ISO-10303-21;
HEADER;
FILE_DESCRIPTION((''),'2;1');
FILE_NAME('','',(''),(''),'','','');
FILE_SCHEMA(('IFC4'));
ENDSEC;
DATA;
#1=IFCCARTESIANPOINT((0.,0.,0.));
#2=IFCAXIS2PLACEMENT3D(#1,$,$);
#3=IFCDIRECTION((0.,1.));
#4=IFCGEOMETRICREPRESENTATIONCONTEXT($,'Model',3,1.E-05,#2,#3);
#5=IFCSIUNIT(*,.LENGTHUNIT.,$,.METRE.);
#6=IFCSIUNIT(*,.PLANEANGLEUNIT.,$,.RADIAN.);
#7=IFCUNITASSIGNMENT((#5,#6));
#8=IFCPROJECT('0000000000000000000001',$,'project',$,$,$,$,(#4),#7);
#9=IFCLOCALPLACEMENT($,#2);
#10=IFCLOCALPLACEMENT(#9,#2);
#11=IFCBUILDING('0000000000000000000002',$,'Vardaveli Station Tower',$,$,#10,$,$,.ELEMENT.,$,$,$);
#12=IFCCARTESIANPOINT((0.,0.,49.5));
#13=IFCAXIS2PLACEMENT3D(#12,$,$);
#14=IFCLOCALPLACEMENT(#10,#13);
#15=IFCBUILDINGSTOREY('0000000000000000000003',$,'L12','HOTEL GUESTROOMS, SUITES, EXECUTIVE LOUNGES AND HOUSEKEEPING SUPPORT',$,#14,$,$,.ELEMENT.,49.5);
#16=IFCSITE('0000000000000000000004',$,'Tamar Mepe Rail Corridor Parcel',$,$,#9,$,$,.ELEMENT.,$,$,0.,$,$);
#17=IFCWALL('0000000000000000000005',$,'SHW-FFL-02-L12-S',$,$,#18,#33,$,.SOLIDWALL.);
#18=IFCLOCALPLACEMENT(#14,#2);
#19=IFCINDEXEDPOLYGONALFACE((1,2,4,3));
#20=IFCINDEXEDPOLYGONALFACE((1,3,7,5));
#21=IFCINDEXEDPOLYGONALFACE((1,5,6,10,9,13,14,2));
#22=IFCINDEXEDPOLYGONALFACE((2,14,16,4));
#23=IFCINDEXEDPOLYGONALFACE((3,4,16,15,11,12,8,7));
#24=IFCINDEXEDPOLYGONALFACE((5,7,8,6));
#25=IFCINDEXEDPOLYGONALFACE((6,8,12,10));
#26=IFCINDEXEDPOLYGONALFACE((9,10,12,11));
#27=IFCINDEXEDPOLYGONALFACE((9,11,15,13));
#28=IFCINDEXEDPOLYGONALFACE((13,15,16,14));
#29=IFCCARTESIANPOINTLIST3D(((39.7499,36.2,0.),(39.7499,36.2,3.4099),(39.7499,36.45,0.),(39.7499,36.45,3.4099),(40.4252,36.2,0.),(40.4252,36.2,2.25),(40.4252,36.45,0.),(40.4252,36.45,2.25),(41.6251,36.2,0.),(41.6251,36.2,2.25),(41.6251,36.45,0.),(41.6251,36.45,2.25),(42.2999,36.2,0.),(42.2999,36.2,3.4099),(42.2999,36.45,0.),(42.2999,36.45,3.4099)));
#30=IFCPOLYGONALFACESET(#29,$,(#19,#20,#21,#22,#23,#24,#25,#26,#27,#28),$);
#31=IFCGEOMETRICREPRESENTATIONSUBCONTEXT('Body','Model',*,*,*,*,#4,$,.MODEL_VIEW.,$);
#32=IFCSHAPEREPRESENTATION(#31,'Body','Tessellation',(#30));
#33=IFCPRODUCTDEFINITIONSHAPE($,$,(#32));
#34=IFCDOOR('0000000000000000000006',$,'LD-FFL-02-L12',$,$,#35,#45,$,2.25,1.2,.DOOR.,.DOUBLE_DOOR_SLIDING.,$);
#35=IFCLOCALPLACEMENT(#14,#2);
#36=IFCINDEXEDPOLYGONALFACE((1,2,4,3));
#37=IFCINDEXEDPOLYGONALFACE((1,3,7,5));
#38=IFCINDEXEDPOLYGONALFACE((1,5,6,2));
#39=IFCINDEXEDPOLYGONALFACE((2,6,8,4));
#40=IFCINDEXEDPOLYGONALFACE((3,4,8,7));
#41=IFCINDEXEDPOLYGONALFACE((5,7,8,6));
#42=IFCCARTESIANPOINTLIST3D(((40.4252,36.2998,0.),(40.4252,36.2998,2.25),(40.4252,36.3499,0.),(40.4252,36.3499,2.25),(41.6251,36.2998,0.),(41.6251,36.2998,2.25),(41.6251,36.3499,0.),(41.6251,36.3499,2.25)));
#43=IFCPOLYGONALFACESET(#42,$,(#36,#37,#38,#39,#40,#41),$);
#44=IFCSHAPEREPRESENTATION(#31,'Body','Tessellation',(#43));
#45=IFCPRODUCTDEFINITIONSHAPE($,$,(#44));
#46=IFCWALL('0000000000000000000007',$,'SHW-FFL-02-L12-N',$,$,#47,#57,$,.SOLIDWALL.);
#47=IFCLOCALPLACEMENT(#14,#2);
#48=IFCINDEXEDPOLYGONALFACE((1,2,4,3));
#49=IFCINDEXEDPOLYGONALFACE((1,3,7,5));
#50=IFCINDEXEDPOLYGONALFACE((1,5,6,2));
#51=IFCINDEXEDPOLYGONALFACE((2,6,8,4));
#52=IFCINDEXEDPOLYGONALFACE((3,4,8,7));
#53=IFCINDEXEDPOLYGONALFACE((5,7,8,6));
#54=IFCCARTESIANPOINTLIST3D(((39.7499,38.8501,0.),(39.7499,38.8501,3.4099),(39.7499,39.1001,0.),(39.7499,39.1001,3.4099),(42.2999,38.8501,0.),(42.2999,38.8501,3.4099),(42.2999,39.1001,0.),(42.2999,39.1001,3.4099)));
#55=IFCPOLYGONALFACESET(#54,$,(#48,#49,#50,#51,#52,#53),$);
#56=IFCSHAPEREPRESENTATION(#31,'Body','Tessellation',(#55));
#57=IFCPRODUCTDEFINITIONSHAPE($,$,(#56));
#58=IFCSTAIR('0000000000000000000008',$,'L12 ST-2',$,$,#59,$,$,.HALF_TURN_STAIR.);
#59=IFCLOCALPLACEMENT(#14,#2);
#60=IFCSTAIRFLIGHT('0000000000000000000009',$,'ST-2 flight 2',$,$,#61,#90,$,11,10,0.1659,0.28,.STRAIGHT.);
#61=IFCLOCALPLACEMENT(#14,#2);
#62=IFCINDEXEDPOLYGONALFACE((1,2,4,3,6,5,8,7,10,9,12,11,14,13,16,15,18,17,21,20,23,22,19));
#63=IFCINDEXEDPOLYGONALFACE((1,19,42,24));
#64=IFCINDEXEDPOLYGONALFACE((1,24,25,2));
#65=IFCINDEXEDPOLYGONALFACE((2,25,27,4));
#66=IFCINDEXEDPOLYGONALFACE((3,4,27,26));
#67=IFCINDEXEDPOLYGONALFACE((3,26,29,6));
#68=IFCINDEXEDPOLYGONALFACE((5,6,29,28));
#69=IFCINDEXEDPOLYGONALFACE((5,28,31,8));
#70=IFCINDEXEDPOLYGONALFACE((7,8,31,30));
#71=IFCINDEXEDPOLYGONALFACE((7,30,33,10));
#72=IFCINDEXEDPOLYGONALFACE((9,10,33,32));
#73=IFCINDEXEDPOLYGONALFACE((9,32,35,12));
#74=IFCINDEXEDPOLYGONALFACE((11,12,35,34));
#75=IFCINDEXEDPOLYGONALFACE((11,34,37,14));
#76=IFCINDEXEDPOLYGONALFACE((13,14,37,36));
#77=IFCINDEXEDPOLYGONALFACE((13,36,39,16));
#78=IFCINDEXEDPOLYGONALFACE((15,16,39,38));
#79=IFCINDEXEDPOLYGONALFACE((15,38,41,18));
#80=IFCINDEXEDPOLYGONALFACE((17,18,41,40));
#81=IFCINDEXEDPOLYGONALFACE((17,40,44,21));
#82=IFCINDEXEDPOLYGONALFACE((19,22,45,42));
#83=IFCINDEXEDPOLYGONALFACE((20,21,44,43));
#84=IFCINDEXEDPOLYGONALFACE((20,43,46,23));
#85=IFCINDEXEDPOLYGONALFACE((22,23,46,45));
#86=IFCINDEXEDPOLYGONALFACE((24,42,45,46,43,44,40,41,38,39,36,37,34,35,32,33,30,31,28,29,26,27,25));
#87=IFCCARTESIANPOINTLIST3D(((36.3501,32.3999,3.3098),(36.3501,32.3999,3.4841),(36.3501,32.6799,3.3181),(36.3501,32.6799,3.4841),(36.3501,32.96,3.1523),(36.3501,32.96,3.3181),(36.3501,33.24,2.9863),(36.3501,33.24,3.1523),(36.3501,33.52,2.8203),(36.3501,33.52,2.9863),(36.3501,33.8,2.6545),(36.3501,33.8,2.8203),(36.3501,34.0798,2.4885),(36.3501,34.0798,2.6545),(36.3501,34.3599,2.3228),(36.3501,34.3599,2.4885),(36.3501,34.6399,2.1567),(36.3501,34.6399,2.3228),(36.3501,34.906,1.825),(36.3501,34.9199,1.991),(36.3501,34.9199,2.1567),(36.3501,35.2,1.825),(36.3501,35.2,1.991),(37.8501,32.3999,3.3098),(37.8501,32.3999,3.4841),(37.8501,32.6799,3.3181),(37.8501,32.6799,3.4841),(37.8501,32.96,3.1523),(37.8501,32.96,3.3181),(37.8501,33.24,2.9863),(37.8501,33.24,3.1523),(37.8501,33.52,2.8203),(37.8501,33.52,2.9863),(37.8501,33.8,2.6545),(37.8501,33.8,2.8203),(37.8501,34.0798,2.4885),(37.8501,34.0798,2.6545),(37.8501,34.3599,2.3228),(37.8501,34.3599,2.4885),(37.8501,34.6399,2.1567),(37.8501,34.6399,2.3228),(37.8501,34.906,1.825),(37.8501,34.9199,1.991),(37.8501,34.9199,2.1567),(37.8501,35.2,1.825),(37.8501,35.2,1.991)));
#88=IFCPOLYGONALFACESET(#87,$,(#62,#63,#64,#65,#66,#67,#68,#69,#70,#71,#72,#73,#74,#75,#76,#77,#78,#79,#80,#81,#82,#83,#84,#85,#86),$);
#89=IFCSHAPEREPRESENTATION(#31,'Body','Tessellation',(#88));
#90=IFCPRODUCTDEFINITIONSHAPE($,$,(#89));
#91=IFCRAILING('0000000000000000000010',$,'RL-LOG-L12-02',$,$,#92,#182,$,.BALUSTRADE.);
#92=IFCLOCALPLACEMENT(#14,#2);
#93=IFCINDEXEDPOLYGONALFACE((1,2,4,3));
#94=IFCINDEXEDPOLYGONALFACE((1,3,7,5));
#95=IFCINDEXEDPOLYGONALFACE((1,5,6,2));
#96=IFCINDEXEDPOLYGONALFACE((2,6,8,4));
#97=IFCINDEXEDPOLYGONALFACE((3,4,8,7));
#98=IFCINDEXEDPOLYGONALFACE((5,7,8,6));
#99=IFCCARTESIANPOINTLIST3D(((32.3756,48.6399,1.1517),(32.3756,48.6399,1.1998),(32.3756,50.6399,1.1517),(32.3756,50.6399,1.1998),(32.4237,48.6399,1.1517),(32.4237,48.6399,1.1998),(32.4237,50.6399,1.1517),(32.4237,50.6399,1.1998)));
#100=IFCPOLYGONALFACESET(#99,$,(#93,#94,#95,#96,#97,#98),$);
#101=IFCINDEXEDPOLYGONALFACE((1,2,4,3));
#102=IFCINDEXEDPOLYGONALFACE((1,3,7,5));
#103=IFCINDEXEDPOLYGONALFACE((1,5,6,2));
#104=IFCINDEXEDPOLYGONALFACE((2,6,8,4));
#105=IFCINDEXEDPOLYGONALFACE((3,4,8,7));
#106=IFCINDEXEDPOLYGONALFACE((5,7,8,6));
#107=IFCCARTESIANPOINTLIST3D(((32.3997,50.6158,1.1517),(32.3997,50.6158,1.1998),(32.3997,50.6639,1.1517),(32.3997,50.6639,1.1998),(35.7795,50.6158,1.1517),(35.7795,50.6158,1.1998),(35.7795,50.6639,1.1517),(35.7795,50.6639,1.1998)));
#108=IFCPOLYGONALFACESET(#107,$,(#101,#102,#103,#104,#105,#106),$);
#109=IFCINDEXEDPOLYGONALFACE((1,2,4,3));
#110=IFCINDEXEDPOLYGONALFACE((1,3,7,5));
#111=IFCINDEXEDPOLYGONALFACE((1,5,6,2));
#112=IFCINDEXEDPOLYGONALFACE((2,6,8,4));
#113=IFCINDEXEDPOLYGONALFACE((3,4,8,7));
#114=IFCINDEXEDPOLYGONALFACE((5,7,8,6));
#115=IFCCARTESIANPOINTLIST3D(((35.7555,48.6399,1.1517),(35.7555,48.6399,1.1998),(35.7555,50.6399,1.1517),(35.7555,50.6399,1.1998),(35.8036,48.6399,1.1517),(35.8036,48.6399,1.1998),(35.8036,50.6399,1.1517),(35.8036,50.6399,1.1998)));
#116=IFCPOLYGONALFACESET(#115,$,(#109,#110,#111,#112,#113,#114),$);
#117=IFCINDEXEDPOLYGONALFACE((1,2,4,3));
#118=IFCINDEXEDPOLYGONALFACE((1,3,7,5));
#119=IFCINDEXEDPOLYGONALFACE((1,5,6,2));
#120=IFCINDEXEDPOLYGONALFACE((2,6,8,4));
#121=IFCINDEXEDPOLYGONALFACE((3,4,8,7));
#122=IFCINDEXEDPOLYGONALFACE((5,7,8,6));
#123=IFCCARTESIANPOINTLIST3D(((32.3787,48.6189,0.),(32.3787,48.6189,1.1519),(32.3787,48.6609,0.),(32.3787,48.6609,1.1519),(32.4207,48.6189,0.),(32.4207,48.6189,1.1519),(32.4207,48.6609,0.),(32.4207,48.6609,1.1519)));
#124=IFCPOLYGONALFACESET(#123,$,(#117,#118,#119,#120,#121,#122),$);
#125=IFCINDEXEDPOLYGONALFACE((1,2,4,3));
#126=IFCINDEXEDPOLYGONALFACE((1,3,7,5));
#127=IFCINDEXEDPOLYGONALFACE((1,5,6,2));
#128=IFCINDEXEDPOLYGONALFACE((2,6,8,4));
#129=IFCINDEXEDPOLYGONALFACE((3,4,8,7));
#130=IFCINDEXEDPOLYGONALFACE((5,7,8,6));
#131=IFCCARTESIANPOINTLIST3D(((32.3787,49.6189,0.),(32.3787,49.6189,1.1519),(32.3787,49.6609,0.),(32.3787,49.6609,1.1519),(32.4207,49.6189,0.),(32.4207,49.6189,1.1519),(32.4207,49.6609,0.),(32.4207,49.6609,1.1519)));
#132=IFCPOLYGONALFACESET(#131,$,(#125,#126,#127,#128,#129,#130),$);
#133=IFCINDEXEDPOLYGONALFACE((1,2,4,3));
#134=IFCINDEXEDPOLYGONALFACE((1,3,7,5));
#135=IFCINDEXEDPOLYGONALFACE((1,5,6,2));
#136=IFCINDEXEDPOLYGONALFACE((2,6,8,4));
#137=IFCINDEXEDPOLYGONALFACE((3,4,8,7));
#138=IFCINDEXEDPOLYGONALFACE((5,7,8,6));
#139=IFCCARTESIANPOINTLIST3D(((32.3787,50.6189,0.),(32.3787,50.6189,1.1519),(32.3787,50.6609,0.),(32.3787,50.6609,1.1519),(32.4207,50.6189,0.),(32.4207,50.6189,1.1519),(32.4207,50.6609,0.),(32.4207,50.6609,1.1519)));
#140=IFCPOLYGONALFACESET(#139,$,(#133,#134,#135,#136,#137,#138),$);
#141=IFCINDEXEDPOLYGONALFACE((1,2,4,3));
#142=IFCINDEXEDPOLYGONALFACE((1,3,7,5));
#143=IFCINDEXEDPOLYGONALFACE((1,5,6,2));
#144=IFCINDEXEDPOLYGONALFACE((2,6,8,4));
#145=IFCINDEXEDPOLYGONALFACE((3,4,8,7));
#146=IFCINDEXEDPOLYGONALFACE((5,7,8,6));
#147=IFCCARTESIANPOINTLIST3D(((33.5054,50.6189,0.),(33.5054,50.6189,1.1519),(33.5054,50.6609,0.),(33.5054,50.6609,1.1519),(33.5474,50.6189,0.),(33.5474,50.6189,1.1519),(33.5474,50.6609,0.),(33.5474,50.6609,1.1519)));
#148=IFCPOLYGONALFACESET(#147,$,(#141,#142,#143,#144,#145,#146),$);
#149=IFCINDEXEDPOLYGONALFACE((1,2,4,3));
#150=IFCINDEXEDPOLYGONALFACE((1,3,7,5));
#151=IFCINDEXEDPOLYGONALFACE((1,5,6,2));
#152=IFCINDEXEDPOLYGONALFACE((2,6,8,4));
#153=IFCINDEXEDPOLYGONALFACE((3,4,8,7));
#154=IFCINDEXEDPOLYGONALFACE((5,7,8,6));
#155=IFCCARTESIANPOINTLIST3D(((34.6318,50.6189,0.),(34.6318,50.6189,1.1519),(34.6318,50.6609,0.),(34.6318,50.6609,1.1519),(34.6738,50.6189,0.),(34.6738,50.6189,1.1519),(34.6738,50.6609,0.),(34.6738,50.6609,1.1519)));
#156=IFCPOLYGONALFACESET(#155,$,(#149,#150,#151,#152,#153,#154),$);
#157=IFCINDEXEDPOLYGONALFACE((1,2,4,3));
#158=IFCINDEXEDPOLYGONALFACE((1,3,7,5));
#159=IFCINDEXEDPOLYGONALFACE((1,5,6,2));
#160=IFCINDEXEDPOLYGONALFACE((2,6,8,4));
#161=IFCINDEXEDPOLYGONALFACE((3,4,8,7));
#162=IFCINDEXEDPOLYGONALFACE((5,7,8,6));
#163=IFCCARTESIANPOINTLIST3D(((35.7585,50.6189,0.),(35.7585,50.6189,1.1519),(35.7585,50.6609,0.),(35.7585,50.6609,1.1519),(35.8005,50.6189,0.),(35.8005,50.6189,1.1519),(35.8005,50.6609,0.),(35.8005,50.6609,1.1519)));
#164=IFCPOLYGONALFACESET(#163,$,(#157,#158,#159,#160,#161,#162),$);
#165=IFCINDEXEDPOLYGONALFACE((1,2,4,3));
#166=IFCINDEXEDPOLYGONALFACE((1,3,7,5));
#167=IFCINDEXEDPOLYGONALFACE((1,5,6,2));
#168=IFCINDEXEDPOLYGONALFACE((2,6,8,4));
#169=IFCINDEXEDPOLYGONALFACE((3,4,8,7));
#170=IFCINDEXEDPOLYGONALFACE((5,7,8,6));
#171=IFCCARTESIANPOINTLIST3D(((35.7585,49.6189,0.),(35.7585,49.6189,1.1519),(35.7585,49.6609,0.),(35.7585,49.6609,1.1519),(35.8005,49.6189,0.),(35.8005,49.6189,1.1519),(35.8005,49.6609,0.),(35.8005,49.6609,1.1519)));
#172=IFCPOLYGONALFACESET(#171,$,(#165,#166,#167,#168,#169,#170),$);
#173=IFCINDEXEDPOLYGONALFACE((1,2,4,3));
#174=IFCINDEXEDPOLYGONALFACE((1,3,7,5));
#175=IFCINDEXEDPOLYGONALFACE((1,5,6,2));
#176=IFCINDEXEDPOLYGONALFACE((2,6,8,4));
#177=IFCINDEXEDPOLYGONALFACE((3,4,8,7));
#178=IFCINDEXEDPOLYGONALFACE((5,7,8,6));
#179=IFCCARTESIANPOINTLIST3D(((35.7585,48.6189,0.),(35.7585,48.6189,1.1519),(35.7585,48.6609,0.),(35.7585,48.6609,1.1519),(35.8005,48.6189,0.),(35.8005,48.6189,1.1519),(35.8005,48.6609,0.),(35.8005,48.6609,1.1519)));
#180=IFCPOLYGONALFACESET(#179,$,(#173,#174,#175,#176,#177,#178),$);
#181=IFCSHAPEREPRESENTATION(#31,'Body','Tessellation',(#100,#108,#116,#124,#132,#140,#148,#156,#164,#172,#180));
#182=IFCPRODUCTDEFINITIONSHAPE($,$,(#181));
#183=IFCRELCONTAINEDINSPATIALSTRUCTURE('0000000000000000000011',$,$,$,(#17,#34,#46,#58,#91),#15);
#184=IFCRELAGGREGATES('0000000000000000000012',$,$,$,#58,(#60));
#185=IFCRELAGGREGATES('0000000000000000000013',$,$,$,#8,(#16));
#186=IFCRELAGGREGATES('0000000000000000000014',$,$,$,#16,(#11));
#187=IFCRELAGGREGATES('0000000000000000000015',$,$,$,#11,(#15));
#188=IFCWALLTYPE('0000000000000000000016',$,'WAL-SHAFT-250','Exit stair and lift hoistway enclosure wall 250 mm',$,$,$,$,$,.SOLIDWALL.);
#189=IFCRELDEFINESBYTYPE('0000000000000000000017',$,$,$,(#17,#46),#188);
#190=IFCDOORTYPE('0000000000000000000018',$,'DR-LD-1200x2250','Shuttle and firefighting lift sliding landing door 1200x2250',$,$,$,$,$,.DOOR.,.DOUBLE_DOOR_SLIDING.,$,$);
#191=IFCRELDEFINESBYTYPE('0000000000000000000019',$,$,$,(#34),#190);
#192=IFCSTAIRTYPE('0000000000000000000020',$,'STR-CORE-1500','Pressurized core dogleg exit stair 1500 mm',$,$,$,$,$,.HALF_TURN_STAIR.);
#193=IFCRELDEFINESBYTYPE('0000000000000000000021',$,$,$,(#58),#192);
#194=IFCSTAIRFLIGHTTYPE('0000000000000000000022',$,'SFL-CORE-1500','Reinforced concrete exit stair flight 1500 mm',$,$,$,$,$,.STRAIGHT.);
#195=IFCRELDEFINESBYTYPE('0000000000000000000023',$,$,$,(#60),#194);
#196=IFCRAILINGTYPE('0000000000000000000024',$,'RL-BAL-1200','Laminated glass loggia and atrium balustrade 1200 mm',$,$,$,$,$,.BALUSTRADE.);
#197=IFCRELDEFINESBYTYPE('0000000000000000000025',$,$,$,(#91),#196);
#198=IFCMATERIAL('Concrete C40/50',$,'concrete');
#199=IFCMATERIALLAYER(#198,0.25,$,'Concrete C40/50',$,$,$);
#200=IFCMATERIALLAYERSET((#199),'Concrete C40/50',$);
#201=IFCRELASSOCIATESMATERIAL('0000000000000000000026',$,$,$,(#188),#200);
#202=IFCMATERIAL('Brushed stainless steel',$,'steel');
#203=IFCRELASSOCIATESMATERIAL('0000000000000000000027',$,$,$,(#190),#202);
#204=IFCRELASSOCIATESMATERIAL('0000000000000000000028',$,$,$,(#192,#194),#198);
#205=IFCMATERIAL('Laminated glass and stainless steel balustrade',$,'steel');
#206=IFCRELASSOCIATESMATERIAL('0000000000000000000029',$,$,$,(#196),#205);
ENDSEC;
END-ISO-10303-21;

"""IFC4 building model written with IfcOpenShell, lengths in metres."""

from ifc_helpers import new_model, si_unit, direction, frame, frame_2d, origin, origin_2d, place, context, subcontext, project, spatial, polyline, rectangle, outline, extrude, source, transform, mapped, material, layer, layer_set, type_object, element, fill, aggregate, save


model = new_model("IFC4")

# Units and contexts
model_context = context("Model", 3, precision=1e-05, world=origin(), true_north=direction((0.0, 1.0)))
body_context = subcontext(model_context, "Body", "Model", "MODEL_VIEW")
ifc_project = project(units=[si_unit("LENGTHUNIT", "METRE"), si_unit("PLANEANGLEUNIT", "RADIAN")], contexts=[model_context])

# Site, building, storey
site_placement = place(None, origin())
site = spatial("IfcSite", under=ifc_project, at=site_placement, Name="Tamar Mepe Rail Corridor Parcel", CompositionType="ELEMENT", RefElevation=0.0)
building_placement = place(site_placement, origin())
building = spatial("IfcBuilding", under=site, at=building_placement, Name="Vardaveli Station Tower", CompositionType="ELEMENT")
storey_placement = place(building_placement, frame((0.0, 0.0, 49.5)))
storey = spatial("IfcBuildingStorey", under=building, at=storey_placement, Name="L12", Description="HOTEL GUESTROOMS, SUITES, EXECUTIVE LOUNGES AND HOUSEKEEPING SUPPORT", CompositionType="ELEMENT", Elevation=49.5)

# Shared definitions
ifc_material_1 = material(Name="Concrete C40/50", Category="concrete")
ifc_layer_1 = layer(ifc_material_1, 0.25, Name="Concrete C40/50")
ifc_layer_set_1 = layer_set([ifc_layer_1], Name="Concrete C40/50")
wall_type_1 = type_object("IfcWallType", Name="WAL-SHAFT-250", Description="Exit stair and lift hoistway enclosure wall 250 mm", PredefinedType="SOLIDWALL", material=ifc_layer_set_1)

# Shared definitions
shared_shape_1 = source(origin(), body_context, "Body", "SweptSolid", [
    extrude(rectangle(XDim=1.2, YDim=2.25, at=frame_2d((0.6001, 1.125))), frame((0.0, 0.135, 0.0), z_axis=(0.0, -1.0, 0.0), x_axis=(1.0, 0.0, 0.0)), (0.0, 0.0, 1.0), 0.27),
])
ifc_material_2 = material(Name="Brushed stainless steel", Category="steel")
door_type = type_object("IfcDoorType", Name="DR-LD-1200x2250", Description="Shuttle and firefighting lift sliding landing door 1200x2250", OperationType="DOUBLE_DOOR_SLIDING", PredefinedType="DOOR", material=ifc_material_2)
shared_shape_2 = source(origin(), body_context, "Body", "SweptSolid", [
    extrude(rectangle(XDim=1.2, YDim=2.25, at=frame_2d((0.6001, 1.125))), frame((0.0, 0.0249, 0.0), z_axis=(0.0, -1.0, 0.0), x_axis=(1.0, 0.0, 0.0)), (0.0, 0.0, 1.0), 0.05),
])

# Wall, opening, door
shared_shape_3 = source(origin(), body_context, "Body", "SweptSolid", [
    extrude(rectangle(XDim=2.55, YDim=0.25, at=frame_2d((1.2749, 0.0))), origin(), (0.0, 0.0, 1.0), 3.4099),
])
wall_1_placement = place(storey_placement, frame((39.75, 36.325, 0.0), z_axis=(0.0, 0.0, 1.0), x_axis=(1.0, 0.0, 0.0)))
wall_1 = element("IfcWall", 1, at=wall_1_placement, inside=storey, type_object=wall_type_1, Name="SHW-FFL-02-L12-S", PredefinedType="SOLIDWALL", context=body_context, shape_type="MappedRepresentation", body=[
    mapped(shared_shape_3, transform((0.0, 0.0, 0.0), scale=1.0)),
])
opening_1_placement = place(wall_1_placement, frame((0.675, 0.0, 0.0)))
opening_1 = element("IfcOpeningElement", 2, at=opening_1_placement, cuts=wall_1, PredefinedType="OPENING", context=body_context, shape_type="MappedRepresentation", body=[
    mapped(shared_shape_1, transform((0.0, 0.0, 0.0), scale=1.0)),
])
door_1_placement = place(opening_1_placement, origin())
door_1 = element("IfcDoor", 3, at=door_1_placement, inside=storey, type_object=door_type, Name="LD-FFL-02-L12", OperationType="DOUBLE_DOOR_SLIDING", OverallHeight=2.25, OverallWidth=1.2, PredefinedType="DOOR", context=body_context, shape_type="MappedRepresentation", body=[
    mapped(shared_shape_2, transform((0.0, 0.0, 0.0), scale=1.0)),
])
fill(opening_1, door_1)

# Wall
wall_2_placement = place(storey_placement, frame((39.75, 38.9751, 0.0), z_axis=(0.0, 0.0, 1.0), x_axis=(1.0, 0.0, 0.0)))
element("IfcWall", 4, at=wall_2_placement, inside=storey, type_object=wall_type_1, Name="SHW-FFL-02-L12-N", PredefinedType="SOLIDWALL", context=body_context, shape_type="MappedRepresentation", body=[
    mapped(shared_shape_3, transform((0.0, 0.0, 0.0), scale=1.0)),
])

# Stair, stair flight
stair_type = type_object("IfcStairType", Name="STR-CORE-1500", Description="Pressurized core dogleg exit stair 1500 mm", PredefinedType="HALF_TURN_STAIR", material=ifc_material_1)
stair_placement = place(storey_placement, origin())
stair = element("IfcStair", 5, at=stair_placement, inside=storey, type_object=stair_type, Name="L12 ST-2", PredefinedType="HALF_TURN_STAIR")
stair_flight_type = type_object("IfcStairFlightType", Name="SFL-CORE-1500", Description="Reinforced concrete exit stair flight 1500 mm", PredefinedType="STRAIGHT", material=ifc_material_1)
shared_shape_4 = source(origin(), body_context, "Body", "SweptSolid", [
    extrude(outline(polyline([(0.0, 0.0), (0.0, 0.166), (0.28, 0.166), (0.28, 0.3318), (0.5601, 0.3318), (0.5601, 0.4978), (0.8401, 0.4978), (0.8401, 0.6636), (1.1201, 0.6636), (1.1201, 0.8296), (1.3999, 0.8296), (1.3999, 0.9954), (1.6799, 0.9954), (1.6799, 1.1614), (1.96, 1.1614), (1.96, 1.3274), (2.24, 1.3274), (2.24, 1.4932), (2.52, 1.4932), (2.52, 1.6592), (2.8, 1.6592), (2.8, 1.825), (2.8, 1.4849), (0.2939, 0.0), (0.0, 0.0)])), frame((0.0, 0.75, 0.0), z_axis=(0.0, -1.0, 0.0), x_axis=(1.0, 0.0, 0.0)), (0.0, 0.0, 1.0), 1.5),
])
stair_flight_placement = place(storey_placement, frame((37.1001, 35.2, 1.825), z_axis=(0.0, 0.0, 1.0), x_axis=(0.0, -1.0, 0.0)))
stair_flight = element("IfcStairFlight", 6, at=stair_flight_placement, type_object=stair_flight_type, Name="ST-2 flight 2", NumberOfRisers=11, NumberOfTreads=10, PredefinedType="STRAIGHT", RiserHeight=0.1659, TreadLength=0.28, context=body_context, shape_type="MappedRepresentation", body=[
    mapped(shared_shape_4, transform((0.0, 0.0, 0.0), scale=1.0)),
])
aggregate(stair, [stair_flight])

# Railing
ifc_material_3 = material(Name="Laminated glass and stainless steel balustrade", Category="steel")
railing_type_1 = type_object("IfcRailingType", Name="RL-BAL-1200", Description="Laminated glass loggia and atrium balustrade 1200 mm", PredefinedType="BALUSTRADE", material=ifc_material_3)
shared_shape_5 = source(origin(), body_context, "Body", "SweptSolid", [
    extrude(rectangle(XDim=0.0481, YDim=0.0481, at=origin_2d()), frame((0.0, 0.0, 1.1758), z_axis=(0.0, 1.0, 0.0), x_axis=(-1.0, 0.0, 0.0)), (0.0, 0.0, 1.0), 2.0),
    extrude(rectangle(XDim=0.0481, YDim=0.0481, at=origin_2d()), frame((0.0, 2.0, 1.1758), z_axis=(1.0, 0.0, 0.0), x_axis=(0.0, 1.0, 0.0)), (0.0, 0.0, 1.0), 3.3799),
    extrude(rectangle(XDim=0.0481, YDim=0.0481, at=origin_2d()), frame((3.3799, 2.0, 1.1758), z_axis=(0.0, -1.0, 0.0), x_axis=(1.0, 0.0, 0.0)), (0.0, 0.0, 1.0), 2.0),
    extrude(rectangle(XDim=0.042, YDim=0.042, at=origin_2d()), origin(), (0.0, 0.0, 1.0), 1.1519),
    extrude(rectangle(XDim=0.042, YDim=0.042, at=origin_2d()), frame((0.0, 1.0, 0.0)), (0.0, 0.0, 1.0), 1.1519),
    extrude(rectangle(XDim=0.042, YDim=0.042, at=origin_2d()), frame((0.0, 2.0, 0.0)), (0.0, 0.0, 1.0), 1.1519),
    extrude(rectangle(XDim=0.042, YDim=0.042, at=origin_2d()), frame((1.1267, 2.0, 0.0)), (0.0, 0.0, 1.0), 1.1519),
    extrude(rectangle(XDim=0.042, YDim=0.042, at=origin_2d()), frame((2.2532, 2.0, 0.0)), (0.0, 0.0, 1.0), 1.1519),
    extrude(rectangle(XDim=0.042, YDim=0.042, at=origin_2d()), frame((3.3799, 2.0, 0.0)), (0.0, 0.0, 1.0), 1.1519),
    extrude(rectangle(XDim=0.042, YDim=0.042, at=origin_2d()), frame((3.3799, 1.0, 0.0)), (0.0, 0.0, 1.0), 1.1519),
    extrude(rectangle(XDim=0.042, YDim=0.042, at=origin_2d()), frame((3.3799, 0.0, 0.0)), (0.0, 0.0, 1.0), 1.1519),
])
railing_1_placement = place(storey_placement, frame((32.3997, 48.6399, 0.0)))
element("IfcRailing", 7, at=railing_1_placement, inside=storey, type_object=railing_type_1, Name="RL-LOG-L12-02", PredefinedType="BALUSTRADE", context=body_context, shape_type="MappedRepresentation", body=[
    mapped(shared_shape_5, transform((0.0, 0.0, 0.0), scale=1.0)),
])

save(model, "model.ifc")
